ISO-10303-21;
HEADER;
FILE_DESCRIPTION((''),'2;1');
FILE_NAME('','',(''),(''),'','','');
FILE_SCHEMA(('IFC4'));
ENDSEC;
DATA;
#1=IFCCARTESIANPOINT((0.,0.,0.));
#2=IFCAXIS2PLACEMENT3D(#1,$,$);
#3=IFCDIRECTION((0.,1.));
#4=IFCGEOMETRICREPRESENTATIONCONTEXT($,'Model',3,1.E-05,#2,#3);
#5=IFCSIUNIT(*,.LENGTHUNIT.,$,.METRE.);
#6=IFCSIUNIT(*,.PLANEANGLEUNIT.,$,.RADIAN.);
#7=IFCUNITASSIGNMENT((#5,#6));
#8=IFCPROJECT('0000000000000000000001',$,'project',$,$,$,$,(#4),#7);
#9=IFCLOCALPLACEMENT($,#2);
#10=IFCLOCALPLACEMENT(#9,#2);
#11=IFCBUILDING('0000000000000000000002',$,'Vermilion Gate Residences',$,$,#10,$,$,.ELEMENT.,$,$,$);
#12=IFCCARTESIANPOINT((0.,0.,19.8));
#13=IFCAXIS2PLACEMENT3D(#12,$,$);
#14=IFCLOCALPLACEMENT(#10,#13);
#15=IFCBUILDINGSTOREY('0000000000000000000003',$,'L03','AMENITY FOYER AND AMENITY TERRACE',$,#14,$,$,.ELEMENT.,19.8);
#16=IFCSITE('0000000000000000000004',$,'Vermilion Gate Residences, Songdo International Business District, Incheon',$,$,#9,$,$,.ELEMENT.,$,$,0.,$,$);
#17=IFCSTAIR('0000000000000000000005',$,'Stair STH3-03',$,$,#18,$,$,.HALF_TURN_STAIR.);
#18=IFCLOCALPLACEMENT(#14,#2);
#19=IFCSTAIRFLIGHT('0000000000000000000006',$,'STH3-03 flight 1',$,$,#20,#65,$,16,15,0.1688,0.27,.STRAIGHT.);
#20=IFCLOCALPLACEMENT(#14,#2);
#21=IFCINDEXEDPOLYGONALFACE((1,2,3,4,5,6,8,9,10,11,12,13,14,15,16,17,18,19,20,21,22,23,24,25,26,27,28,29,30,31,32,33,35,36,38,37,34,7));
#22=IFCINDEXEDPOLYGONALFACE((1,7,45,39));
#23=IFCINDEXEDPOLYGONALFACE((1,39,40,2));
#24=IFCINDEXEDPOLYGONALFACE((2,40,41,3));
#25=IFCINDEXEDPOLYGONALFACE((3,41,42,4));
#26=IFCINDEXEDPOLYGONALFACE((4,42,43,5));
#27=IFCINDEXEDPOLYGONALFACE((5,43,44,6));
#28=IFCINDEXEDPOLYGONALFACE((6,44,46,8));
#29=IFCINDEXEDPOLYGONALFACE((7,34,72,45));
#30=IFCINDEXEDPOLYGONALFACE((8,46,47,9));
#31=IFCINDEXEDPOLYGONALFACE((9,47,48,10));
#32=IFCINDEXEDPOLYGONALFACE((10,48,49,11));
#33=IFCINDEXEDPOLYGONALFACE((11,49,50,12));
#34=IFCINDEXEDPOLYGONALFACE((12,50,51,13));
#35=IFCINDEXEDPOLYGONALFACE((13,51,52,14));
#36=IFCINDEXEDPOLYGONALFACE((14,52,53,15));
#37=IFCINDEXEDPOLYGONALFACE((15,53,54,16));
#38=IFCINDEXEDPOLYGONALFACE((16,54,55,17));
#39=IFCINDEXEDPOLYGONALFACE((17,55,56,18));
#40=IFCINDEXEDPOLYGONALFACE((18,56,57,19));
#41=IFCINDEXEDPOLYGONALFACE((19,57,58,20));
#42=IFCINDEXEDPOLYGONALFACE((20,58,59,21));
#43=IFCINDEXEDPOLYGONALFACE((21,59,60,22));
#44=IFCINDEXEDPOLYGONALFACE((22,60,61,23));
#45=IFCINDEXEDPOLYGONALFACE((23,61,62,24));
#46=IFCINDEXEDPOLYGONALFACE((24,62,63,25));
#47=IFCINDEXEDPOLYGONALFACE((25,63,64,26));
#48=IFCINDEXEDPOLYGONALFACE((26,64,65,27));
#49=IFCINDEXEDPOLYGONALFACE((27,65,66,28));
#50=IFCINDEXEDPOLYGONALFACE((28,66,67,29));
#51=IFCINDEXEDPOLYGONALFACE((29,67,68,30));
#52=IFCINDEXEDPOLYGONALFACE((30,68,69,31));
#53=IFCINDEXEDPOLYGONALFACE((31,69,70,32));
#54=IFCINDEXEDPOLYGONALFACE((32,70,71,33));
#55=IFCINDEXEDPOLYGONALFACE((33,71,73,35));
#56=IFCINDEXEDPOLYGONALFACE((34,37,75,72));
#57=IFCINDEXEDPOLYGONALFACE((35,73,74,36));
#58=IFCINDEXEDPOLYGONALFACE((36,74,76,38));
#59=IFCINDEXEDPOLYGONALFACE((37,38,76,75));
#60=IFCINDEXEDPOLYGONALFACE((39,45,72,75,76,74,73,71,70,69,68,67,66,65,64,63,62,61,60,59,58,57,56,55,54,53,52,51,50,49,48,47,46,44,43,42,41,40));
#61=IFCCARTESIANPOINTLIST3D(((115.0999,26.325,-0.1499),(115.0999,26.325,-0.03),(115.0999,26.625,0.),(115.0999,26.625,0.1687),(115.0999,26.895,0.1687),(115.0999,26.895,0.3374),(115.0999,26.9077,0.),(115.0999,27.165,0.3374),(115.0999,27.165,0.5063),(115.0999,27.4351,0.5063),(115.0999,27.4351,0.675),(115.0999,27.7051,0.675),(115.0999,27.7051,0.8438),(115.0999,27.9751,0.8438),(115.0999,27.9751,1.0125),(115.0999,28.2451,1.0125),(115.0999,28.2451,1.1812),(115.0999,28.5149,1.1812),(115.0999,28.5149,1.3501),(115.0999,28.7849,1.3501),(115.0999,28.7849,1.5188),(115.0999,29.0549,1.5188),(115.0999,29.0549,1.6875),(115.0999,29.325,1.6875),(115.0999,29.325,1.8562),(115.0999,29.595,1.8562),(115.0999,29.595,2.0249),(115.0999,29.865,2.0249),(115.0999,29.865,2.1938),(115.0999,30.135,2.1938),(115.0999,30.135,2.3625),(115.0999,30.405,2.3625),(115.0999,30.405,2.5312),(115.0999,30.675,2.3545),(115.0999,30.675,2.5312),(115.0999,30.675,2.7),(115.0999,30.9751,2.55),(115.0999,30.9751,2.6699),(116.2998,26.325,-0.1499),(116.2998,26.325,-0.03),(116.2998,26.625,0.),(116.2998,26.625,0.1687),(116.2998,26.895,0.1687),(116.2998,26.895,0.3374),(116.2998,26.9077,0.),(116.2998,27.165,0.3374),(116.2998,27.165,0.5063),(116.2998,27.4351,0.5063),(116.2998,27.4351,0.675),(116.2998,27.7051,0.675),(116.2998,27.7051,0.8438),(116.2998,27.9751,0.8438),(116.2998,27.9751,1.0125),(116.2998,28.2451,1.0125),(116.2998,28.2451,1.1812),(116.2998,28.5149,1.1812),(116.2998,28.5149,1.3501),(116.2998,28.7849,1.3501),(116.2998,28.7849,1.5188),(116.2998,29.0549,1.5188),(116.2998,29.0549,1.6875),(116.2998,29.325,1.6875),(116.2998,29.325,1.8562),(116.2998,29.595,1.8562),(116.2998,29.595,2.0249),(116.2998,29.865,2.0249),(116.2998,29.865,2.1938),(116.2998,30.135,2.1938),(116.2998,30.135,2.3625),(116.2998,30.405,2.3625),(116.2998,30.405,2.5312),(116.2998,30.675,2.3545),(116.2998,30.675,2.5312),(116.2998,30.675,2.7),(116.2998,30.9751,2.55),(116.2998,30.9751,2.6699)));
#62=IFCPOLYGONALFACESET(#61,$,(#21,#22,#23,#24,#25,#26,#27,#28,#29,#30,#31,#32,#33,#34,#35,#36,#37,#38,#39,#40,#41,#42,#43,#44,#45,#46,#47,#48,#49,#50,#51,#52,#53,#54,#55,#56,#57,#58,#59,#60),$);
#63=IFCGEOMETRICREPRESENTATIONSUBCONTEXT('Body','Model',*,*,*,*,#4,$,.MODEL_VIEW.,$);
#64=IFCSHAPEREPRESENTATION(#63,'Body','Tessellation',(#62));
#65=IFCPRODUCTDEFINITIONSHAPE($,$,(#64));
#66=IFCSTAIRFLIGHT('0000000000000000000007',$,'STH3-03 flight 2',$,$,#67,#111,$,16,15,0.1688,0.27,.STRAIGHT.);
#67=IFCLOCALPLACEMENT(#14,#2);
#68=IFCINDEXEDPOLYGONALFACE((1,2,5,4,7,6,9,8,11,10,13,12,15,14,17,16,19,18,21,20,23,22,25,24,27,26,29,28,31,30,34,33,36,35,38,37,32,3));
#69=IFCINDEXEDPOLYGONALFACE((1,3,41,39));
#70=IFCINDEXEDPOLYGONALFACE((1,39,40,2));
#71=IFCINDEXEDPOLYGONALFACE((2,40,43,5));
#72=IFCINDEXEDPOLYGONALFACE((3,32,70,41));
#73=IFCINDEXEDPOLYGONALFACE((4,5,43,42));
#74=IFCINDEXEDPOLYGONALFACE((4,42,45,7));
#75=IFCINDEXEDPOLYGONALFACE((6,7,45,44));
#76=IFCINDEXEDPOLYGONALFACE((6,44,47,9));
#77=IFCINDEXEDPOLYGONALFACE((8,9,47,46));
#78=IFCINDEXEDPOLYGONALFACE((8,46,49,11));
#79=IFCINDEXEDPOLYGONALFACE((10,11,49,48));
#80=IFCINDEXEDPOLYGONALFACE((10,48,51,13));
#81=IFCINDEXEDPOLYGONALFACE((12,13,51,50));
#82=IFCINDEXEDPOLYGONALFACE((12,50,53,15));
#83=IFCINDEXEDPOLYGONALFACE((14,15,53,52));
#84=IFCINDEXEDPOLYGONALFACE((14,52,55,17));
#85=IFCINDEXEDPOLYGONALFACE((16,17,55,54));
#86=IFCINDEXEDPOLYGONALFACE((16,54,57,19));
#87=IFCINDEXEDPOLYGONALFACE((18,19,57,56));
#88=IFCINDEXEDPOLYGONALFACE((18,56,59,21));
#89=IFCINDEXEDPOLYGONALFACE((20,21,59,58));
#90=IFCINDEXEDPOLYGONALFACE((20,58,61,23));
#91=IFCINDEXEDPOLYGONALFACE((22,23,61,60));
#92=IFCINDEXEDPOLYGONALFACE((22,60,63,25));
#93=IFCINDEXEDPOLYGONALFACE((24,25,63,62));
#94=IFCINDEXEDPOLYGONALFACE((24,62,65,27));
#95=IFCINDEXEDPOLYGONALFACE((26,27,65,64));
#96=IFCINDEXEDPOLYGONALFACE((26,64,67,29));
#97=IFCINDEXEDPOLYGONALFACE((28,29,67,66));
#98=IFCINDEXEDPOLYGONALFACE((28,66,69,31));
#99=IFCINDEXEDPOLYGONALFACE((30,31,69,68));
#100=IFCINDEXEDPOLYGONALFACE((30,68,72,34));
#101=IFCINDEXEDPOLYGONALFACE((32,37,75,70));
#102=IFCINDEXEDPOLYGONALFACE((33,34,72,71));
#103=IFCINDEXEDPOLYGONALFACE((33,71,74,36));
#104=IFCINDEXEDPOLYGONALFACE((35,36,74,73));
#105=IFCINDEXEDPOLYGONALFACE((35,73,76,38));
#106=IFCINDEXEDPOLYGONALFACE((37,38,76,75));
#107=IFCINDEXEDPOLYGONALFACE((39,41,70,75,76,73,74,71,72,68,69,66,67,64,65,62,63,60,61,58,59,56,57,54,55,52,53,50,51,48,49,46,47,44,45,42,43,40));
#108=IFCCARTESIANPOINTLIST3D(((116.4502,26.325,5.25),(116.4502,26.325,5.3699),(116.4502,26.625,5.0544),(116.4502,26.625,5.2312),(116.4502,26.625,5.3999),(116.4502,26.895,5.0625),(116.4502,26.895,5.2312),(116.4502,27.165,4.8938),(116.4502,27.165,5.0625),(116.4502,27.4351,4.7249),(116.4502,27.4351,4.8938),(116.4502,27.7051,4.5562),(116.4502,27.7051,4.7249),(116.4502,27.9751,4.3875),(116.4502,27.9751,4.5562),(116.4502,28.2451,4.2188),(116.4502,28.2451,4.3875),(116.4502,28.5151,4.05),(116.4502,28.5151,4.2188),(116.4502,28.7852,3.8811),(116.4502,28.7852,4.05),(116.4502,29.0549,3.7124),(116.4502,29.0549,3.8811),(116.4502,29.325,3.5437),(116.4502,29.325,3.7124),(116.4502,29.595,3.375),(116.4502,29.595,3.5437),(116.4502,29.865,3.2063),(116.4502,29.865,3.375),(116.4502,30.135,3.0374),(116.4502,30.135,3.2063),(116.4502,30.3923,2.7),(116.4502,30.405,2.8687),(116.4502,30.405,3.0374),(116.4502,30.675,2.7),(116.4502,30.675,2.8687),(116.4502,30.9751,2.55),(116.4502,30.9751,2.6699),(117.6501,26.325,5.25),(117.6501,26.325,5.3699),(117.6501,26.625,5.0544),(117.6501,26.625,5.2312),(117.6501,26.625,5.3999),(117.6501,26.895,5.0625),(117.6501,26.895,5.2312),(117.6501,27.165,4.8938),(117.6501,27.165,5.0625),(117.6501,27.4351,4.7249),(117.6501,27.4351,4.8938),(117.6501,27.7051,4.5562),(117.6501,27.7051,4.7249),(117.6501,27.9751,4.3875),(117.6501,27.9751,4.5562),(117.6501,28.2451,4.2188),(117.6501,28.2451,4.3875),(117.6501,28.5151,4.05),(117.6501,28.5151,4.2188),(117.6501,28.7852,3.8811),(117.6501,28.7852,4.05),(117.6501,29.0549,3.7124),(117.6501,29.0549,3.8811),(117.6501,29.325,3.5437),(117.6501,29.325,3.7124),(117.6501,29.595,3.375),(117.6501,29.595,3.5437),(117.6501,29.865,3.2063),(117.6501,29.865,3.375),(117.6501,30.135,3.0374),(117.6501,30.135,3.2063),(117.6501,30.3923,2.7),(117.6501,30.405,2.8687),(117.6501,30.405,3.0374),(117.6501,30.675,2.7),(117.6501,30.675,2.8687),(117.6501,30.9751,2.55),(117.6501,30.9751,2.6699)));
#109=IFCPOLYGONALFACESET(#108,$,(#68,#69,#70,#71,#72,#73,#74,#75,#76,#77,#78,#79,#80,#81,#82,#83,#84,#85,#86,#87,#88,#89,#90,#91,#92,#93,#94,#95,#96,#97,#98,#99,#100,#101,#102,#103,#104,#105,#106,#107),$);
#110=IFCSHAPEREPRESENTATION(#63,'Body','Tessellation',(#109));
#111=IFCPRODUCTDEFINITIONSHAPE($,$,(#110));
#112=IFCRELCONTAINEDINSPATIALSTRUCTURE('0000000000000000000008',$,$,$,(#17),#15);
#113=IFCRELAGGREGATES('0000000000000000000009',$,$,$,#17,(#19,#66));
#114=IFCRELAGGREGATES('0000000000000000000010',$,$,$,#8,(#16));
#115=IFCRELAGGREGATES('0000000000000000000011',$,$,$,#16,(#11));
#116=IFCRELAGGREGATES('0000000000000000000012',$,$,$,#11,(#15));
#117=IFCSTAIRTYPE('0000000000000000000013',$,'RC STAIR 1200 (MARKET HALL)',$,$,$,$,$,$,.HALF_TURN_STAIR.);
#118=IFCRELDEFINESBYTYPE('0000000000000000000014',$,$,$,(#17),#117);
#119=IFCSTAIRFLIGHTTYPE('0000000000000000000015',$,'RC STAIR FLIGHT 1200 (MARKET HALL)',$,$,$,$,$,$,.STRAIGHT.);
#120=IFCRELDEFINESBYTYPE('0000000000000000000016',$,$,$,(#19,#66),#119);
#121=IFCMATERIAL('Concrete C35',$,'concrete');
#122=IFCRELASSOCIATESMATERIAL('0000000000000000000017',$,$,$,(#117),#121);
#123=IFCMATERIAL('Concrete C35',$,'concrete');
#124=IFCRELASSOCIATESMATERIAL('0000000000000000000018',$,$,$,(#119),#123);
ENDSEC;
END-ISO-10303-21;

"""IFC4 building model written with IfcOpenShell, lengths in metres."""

from ifc_helpers import new_model, si_unit, direction, frame, origin, place, context, subcontext, project, spatial, polyline, outline, extrude, material, type_object, element, aggregate, save


model = new_model("IFC4")

# Units and contexts
model_context = context("Model", 3, precision=1e-05, world=origin(), true_north=direction((0.0, 1.0)))
body_context = subcontext(model_context, "Body", "Model", "MODEL_VIEW")
ifc_project = project(units=[si_unit("LENGTHUNIT", "METRE"), si_unit("PLANEANGLEUNIT", "RADIAN")], contexts=[model_context])

# Site, building, storey
site_placement = place(None, origin())
site = spatial("IfcSite", under=ifc_project, at=site_placement, Name="Vermilion Gate Residences, Songdo International Business District, Incheon", CompositionType="ELEMENT", RefElevation=0.0)
building_placement = place(site_placement, origin())
building = spatial("IfcBuilding", under=site, at=building_placement, Name="Vermilion Gate Residences", CompositionType="ELEMENT")
storey_placement = place(building_placement, frame((0.0, 0.0, 19.8)))
storey = spatial("IfcBuildingStorey", under=building, at=storey_placement, Name="L03", Description="AMENITY FOYER AND AMENITY TERRACE", CompositionType="ELEMENT", Elevation=19.8)

# Stair, stair flights
ifc_material_1 = material(Name="Concrete C35", Category="concrete")
stair_type = type_object("IfcStairType", Name="RC STAIR 1200 (MARKET HALL)", PredefinedType="HALF_TURN_STAIR", material=ifc_material_1)
stair_placement = place(storey_placement, origin())
stair = element("IfcStair", 1, at=stair_placement, inside=storey, type_object=stair_type, Name="Stair STH3-03", PredefinedType="HALF_TURN_STAIR")
ifc_material_2 = material(Name="Concrete C35", Category="concrete")
stair_flight_type = type_object("IfcStairFlightType", Name="RC STAIR FLIGHT 1200 (MARKET HALL)", PredefinedType="STRAIGHT", material=ifc_material_2)
stair_flight_1_placement = place(storey_placement, frame((115.7, 26.625, 0.0), z_axis=(0.0, 0.0, 1.0), x_axis=(0.0, 1.0, 0.0)))
stair_flight_1 = element("IfcStairFlight", 2, at=stair_flight_1_placement, type_object=stair_flight_type, Name="STH3-03 flight 1", NumberOfRisers=16, NumberOfTreads=15, PredefinedType="STRAIGHT", RiserHeight=0.1688, TreadLength=0.27, context=body_context, shape_type="SweptSolid", body=[
    extrude(outline(polyline([(-0.3, -0.1499), (-0.3, -0.03), (0.0, 0.0), (0.0, 0.1687), (0.27, 0.1687), (0.27, 0.3374), (0.54, 0.3374), (0.54, 0.5063), (0.8101, 0.5063), (0.8101, 0.675), (1.0801, 0.675), (1.0801, 0.8438), (1.3501, 0.8438), (1.3501, 1.0125), (1.6201, 1.0125), (1.6201, 1.1812), (1.8899, 1.1812), (1.8899, 1.3501), (2.1599, 1.3501), (2.1599, 1.5188), (2.4299, 1.5188), (2.4299, 1.6875), (2.7, 1.6875), (2.7, 1.8562), (2.97, 1.8562), (2.97, 2.0249), (3.24, 2.0249), (3.24, 2.1938), (3.51, 2.1938), (3.51, 2.3625), (3.78, 2.3625), (3.78, 2.5312), (4.05, 2.5312), (4.05, 2.7), (4.3501, 2.6699), (4.3501, 2.55), (4.05, 2.3545), (0.2827, 0.0), (-0.3, -0.1499)])), frame((0.0, 0.6001, 0.0), z_axis=(0.0, -1.0, 0.0), x_axis=(1.0, 0.0, 0.0)), (0.0, 0.0, 1.0), 1.2),
])
stair_flight_2_placement = place(storey_placement, frame((117.05, 30.675, 2.7), z_axis=(0.0, 0.0, 1.0), x_axis=(0.0, -1.0, 0.0)))
stair_flight_2 = element("IfcStairFlight", 3, at=stair_flight_2_placement, type_object=stair_flight_type, Name="STH3-03 flight 2", NumberOfRisers=16, NumberOfTreads=15, PredefinedType="STRAIGHT", RiserHeight=0.1688, TreadLength=0.27, context=body_context, shape_type="SweptSolid", body=[
    extrude(outline(polyline([(-0.3, -0.1499), (-0.3, -0.03), (0.0, 0.0), (0.0, 0.1687), (0.27, 0.1687), (0.27, 0.3374), (0.54, 0.3374), (0.54, 0.5063), (0.8101, 0.5063), (0.8101, 0.675), (1.0801, 0.675), (1.0801, 0.8438), (1.3501, 0.8438), (1.3501, 1.0125), (1.6201, 1.0125), (1.6201, 1.1812), (1.8899, 1.1812), (1.8899, 1.3501), (2.1599, 1.3501), (2.1599, 1.5188), (2.4299, 1.5188), (2.4299, 1.6875), (2.7, 1.6875), (2.7, 1.8562), (2.97, 1.8562), (2.97, 2.0249), (3.24, 2.0249), (3.24, 2.1938), (3.51, 2.1938), (3.51, 2.3625), (3.78, 2.3625), (3.78, 2.5312), (4.05, 2.5312), (4.05, 2.7), (4.3501, 2.6699), (4.3501, 2.55), (4.05, 2.3545), (0.2827, 0.0), (-0.3, -0.1499)])), frame((0.0, 0.6001, 0.0), z_axis=(0.0, -1.0, 0.0), x_axis=(1.0, 0.0, 0.0)), (0.0, 0.0, 1.0), 1.2),
])
aggregate(stair, [stair_flight_1, stair_flight_2])

save(model, "model.ifc")
